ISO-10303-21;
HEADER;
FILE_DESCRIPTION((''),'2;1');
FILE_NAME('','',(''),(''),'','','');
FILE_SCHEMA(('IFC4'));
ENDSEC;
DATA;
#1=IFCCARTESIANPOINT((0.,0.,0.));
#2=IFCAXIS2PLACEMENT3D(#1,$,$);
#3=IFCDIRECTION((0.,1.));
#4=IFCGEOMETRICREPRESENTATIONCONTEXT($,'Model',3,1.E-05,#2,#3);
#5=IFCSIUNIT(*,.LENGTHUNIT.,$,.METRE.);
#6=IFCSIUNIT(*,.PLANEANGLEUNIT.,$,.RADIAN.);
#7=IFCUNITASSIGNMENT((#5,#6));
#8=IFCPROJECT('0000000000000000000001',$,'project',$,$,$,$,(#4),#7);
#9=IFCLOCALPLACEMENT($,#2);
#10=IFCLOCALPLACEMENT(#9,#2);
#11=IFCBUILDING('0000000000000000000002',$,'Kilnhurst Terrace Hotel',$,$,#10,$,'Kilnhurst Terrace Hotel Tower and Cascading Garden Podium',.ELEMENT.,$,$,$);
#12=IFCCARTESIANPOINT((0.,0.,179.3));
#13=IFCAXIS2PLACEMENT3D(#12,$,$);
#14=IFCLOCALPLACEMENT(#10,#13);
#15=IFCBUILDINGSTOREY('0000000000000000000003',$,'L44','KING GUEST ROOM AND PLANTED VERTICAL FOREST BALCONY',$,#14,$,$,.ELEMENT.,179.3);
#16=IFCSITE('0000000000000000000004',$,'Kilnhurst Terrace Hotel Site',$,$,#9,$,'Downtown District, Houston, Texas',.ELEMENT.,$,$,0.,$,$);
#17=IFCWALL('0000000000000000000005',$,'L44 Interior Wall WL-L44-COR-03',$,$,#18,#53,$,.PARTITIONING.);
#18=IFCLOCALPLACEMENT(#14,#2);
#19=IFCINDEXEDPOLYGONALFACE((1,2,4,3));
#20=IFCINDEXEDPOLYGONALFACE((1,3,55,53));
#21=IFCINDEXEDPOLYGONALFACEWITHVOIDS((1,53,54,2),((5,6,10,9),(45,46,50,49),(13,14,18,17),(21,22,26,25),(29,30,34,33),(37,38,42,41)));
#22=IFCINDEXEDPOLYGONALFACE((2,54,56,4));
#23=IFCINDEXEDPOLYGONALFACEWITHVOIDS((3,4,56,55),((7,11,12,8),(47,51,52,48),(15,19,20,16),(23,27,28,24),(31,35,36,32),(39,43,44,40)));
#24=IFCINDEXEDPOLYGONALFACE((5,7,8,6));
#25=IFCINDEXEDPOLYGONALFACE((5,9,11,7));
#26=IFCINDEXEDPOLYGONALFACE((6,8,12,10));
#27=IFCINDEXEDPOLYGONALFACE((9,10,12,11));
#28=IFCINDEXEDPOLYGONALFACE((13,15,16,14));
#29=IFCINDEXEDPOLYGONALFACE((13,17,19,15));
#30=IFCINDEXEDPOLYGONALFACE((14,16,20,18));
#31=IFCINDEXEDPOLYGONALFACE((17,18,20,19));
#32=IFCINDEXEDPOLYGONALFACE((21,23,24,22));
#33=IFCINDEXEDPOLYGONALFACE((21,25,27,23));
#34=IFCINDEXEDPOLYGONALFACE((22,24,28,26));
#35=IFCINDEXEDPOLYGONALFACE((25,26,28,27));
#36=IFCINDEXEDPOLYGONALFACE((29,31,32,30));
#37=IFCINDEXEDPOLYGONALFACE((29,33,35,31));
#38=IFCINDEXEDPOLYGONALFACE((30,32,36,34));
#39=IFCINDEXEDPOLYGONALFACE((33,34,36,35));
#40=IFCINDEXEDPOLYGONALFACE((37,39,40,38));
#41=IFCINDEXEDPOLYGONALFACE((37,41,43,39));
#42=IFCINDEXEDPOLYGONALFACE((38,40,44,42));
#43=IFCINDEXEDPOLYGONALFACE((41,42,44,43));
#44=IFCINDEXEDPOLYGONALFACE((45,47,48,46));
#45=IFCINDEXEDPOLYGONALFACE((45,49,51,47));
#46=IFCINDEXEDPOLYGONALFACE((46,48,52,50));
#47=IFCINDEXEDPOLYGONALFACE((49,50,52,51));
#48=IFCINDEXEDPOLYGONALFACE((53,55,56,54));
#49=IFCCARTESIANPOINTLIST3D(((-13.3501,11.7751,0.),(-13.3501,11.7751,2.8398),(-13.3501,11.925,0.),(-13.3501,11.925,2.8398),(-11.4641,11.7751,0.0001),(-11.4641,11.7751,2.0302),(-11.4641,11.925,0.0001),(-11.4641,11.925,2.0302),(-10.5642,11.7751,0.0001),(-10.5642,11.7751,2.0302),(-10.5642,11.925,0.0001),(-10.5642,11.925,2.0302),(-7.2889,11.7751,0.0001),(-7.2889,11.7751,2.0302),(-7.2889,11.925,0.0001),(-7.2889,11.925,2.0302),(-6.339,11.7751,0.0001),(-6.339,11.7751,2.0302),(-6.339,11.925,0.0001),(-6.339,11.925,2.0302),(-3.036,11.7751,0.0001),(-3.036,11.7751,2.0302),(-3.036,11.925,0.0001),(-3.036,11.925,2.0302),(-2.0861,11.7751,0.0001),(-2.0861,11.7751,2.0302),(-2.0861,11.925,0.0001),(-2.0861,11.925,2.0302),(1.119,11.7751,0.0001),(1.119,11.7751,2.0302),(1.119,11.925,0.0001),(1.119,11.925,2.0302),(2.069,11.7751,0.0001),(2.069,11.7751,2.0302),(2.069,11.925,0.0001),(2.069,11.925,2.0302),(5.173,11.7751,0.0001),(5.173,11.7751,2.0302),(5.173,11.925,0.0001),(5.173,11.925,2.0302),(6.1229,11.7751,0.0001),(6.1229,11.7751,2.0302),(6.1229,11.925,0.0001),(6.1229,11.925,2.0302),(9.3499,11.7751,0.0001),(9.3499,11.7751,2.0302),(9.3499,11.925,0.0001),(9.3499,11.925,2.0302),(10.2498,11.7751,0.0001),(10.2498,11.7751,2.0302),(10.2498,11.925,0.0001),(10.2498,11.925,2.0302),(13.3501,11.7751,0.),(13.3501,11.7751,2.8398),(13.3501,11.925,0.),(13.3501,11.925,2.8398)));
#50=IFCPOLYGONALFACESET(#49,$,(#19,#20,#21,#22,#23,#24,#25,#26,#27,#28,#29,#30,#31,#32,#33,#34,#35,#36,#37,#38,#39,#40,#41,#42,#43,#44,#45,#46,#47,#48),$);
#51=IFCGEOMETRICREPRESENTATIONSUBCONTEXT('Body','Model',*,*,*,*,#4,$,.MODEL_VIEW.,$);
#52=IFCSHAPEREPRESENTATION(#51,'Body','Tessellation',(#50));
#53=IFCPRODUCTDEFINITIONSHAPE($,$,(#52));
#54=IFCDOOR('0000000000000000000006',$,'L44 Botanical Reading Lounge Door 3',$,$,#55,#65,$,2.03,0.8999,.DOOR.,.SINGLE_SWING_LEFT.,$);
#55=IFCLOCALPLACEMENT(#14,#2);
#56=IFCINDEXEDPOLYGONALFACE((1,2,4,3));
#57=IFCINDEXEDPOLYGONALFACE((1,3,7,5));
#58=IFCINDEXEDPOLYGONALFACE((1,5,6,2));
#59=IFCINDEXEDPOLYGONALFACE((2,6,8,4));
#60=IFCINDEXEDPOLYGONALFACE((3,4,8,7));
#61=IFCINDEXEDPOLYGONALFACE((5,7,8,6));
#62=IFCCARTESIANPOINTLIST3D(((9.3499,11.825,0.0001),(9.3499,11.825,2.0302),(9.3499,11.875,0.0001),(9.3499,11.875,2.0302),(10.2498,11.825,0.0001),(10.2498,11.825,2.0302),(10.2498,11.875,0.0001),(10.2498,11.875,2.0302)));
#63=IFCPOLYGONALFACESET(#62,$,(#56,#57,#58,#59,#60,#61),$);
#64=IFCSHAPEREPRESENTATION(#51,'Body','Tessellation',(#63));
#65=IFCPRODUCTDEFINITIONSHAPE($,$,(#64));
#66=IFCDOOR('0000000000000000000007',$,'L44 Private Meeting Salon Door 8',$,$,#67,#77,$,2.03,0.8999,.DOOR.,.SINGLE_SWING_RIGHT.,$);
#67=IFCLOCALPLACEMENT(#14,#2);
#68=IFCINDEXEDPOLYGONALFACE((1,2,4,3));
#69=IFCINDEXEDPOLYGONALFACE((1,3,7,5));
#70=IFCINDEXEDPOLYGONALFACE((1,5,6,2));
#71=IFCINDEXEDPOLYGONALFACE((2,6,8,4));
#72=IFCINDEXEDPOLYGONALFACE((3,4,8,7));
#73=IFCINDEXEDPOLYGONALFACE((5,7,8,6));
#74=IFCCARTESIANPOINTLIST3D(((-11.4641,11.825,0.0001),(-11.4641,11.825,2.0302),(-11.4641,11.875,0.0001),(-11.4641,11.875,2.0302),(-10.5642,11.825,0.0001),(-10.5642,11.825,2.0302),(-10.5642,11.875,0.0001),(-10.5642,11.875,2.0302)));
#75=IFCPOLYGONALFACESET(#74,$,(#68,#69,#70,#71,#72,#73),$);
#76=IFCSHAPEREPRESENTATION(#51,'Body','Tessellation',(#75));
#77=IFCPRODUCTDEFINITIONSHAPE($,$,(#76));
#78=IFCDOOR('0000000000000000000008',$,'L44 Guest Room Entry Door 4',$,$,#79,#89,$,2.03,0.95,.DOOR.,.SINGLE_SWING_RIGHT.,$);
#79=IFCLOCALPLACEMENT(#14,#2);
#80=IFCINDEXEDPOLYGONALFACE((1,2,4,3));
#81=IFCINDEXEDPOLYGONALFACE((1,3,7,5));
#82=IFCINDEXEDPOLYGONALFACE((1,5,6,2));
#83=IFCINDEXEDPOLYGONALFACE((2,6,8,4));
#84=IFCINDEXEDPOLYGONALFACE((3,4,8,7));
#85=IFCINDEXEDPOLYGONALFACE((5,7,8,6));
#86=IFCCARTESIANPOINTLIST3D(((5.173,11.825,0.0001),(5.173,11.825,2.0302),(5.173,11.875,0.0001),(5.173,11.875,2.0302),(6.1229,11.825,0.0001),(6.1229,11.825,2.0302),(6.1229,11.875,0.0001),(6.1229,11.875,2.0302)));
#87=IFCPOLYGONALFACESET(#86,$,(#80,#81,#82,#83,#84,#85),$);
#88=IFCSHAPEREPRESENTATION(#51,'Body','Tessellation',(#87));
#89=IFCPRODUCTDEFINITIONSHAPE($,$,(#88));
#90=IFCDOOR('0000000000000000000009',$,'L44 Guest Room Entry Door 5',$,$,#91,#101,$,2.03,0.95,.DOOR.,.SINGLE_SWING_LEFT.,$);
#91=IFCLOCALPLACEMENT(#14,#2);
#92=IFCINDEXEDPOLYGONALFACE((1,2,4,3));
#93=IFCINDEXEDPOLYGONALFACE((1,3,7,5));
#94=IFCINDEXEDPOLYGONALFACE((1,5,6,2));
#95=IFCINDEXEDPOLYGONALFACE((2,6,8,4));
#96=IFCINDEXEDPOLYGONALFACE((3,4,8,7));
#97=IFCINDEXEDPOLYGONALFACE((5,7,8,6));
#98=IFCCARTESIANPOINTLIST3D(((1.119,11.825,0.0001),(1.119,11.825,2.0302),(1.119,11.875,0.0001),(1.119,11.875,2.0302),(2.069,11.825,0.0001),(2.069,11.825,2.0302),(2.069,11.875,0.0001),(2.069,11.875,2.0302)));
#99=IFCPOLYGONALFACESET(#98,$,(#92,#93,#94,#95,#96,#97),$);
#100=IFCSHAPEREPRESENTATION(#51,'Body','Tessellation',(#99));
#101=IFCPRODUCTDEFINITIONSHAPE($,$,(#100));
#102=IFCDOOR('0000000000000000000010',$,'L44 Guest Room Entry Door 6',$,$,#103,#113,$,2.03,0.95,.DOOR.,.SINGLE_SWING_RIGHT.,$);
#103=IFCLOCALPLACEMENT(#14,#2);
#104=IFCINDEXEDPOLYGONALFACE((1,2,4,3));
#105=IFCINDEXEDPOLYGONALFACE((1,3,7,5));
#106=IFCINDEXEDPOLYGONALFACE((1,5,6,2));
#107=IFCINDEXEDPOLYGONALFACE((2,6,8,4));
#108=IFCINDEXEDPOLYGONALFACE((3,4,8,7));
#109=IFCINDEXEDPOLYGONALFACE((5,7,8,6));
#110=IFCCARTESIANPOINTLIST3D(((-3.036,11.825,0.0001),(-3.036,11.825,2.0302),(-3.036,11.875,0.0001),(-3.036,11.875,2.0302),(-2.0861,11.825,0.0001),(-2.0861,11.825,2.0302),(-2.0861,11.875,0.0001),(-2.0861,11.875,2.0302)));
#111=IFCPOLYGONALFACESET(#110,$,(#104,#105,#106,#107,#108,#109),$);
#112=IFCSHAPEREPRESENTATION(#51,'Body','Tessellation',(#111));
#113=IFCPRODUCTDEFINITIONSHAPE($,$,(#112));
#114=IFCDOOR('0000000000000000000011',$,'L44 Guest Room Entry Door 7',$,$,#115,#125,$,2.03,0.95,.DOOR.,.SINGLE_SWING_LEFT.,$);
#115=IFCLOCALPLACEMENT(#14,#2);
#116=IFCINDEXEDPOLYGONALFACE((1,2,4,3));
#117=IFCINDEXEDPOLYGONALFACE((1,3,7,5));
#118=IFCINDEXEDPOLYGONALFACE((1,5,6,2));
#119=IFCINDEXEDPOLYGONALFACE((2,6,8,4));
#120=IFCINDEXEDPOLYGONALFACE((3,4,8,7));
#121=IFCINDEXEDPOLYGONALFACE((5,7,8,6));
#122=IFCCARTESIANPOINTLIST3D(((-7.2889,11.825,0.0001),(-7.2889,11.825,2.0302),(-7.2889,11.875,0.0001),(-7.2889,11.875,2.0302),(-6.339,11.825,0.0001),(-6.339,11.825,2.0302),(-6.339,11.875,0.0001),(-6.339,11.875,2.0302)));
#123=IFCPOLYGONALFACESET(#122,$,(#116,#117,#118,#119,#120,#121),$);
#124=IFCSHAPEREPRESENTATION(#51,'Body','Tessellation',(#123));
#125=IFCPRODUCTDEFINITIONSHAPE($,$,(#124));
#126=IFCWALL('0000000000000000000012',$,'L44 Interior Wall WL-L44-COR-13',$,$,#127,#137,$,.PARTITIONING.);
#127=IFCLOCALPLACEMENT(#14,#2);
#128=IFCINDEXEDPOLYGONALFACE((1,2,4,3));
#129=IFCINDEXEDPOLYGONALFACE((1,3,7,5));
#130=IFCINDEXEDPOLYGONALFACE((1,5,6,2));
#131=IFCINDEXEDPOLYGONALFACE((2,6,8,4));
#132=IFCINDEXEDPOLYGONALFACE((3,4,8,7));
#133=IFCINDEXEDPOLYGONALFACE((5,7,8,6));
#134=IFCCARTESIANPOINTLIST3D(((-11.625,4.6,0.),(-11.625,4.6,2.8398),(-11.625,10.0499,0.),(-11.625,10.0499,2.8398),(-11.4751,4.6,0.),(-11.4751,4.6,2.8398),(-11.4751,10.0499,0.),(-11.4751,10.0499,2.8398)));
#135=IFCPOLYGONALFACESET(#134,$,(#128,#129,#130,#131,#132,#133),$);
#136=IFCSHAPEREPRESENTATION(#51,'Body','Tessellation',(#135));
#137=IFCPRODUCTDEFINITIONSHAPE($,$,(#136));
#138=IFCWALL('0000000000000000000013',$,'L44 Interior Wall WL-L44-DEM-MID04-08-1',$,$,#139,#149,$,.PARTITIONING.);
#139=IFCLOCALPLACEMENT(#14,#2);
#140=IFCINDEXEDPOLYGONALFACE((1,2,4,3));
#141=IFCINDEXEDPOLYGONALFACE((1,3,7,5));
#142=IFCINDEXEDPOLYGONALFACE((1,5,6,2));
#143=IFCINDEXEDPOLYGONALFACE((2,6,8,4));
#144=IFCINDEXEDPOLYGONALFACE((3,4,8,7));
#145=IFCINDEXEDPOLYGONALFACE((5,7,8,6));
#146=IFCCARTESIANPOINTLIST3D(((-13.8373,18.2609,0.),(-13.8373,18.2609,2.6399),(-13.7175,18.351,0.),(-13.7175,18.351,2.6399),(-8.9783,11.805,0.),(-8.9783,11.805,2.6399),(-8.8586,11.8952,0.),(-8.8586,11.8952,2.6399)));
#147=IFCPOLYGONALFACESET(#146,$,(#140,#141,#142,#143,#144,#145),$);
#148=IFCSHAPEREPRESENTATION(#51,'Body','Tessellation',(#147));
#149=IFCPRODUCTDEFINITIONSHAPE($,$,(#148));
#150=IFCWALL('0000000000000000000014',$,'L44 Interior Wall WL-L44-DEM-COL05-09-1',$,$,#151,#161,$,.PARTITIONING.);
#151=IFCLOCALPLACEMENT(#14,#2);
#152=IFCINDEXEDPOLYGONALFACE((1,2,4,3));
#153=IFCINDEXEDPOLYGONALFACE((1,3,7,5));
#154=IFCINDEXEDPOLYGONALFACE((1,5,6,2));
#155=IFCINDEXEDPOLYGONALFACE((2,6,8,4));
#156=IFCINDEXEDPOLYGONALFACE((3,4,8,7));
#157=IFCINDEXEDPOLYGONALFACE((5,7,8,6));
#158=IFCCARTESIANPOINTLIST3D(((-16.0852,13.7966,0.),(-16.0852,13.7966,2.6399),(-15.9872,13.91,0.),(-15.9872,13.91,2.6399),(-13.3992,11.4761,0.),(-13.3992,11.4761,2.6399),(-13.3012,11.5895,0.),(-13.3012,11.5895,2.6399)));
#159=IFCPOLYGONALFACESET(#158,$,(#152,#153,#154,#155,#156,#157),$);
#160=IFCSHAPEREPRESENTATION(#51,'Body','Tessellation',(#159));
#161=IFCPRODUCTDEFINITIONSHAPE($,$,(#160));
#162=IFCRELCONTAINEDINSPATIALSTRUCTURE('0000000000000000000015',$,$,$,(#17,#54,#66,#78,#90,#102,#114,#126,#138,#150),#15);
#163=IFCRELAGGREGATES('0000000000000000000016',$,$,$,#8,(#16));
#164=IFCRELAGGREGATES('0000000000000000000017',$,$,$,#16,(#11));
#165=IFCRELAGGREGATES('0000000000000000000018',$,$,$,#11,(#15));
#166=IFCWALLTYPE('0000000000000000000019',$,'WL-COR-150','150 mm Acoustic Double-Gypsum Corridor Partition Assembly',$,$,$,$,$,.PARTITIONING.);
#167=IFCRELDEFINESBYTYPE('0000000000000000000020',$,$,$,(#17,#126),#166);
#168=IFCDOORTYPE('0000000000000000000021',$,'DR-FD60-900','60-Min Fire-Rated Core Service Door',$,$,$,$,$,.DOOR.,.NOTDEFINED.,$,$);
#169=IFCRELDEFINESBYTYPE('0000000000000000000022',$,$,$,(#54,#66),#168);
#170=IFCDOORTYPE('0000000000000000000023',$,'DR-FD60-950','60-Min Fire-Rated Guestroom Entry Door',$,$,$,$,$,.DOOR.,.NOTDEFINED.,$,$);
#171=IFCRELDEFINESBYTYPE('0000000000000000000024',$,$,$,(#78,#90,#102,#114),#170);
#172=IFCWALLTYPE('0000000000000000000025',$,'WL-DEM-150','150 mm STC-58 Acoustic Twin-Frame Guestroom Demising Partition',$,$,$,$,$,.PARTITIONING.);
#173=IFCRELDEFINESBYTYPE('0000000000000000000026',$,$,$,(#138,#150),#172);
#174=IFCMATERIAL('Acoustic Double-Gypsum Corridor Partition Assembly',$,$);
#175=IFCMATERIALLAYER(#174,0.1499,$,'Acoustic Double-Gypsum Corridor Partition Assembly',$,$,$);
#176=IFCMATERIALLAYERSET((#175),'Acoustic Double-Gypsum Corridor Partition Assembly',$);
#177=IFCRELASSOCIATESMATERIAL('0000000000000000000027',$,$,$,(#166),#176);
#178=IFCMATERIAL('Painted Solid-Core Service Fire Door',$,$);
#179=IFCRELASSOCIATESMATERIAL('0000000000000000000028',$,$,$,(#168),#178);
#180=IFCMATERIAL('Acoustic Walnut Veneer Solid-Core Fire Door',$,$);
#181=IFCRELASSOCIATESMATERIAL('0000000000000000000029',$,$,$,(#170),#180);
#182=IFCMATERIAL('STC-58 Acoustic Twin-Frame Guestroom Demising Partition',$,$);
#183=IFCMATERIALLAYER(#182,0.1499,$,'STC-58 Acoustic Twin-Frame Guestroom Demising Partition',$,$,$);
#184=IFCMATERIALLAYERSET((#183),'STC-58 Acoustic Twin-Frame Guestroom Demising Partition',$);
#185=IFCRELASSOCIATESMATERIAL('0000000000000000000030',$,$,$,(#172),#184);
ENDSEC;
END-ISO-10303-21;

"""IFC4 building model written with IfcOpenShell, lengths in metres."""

from ifc_helpers import new_model, si_unit, direction, frame, frame_2d, origin, place, context, subcontext, project, spatial, rectangle, extrude, material, layer, layer_set, type_object, element, fill, save


model = new_model("IFC4")

# Units and contexts
model_context = context("Model", 3, precision=1e-05, world=origin(), true_north=direction((0.0, 1.0)))
body_context = subcontext(model_context, "Body", "Model", "MODEL_VIEW")
ifc_project = project(units=[si_unit("LENGTHUNIT", "METRE"), si_unit("PLANEANGLEUNIT", "RADIAN")], contexts=[model_context])

# Site, building, storey
site_placement = place(None, origin())
site = spatial("IfcSite", under=ifc_project, at=site_placement, Name="Kilnhurst Terrace Hotel Site", LongName="Downtown District, Houston, Texas", CompositionType="ELEMENT", RefElevation=0.0)
building_placement = place(site_placement, origin())
building = spatial("IfcBuilding", under=site, at=building_placement, Name="Kilnhurst Terrace Hotel", LongName="Kilnhurst Terrace Hotel Tower and Cascading Garden Podium", CompositionType="ELEMENT")
storey_placement = place(building_placement, frame((0.0, 0.0, 179.3)))
storey = spatial("IfcBuildingStorey", under=building, at=storey_placement, Name="L44", Description="KING GUEST ROOM AND PLANTED VERTICAL FOREST BALCONY", CompositionType="ELEMENT", Elevation=179.3)

# Wall, openings, doors
ifc_material_1 = material(Name="Acoustic Double-Gypsum Corridor Partition Assembly")
ifc_layer_1 = layer(ifc_material_1, 0.1499, Name="Acoustic Double-Gypsum Corridor Partition Assembly")
ifc_layer_set_1 = layer_set([ifc_layer_1], Name="Acoustic Double-Gypsum Corridor Partition Assembly")
wall_type_1 = type_object("IfcWallType", Name="WL-COR-150", Description="150 mm Acoustic Double-Gypsum Corridor Partition Assembly", PredefinedType="PARTITIONING", material=ifc_layer_set_1)
wall_1_placement = place(storey_placement, frame((-13.3501, 11.8501, 0.0), z_axis=(0.0, 0.0, 1.0), x_axis=(1.0, 0.0, 0.0)))
wall_1 = element("IfcWall", 1, at=wall_1_placement, inside=storey, type_object=wall_type_1, Name="L44 Interior Wall WL-L44-COR-03", PredefinedType="PARTITIONING", context=body_context, shape_type="SweptSolid", body=[
    extrude(rectangle(XDim=26.7002, YDim=0.1499, at=frame_2d((13.3501, 0.0))), origin(), (0.0, 0.0, 1.0), 2.8398),
])
opening_1_placement = place(wall_1_placement, frame((22.7, 0.0, 0.0)))
opening_1 = element("IfcOpeningElement", 2, at=opening_1_placement, cuts=wall_1, PredefinedType="OPENING", context=body_context, shape_type="SweptSolid", body=[
    extrude(rectangle(XDim=0.8999, YDim=2.03, at=frame_2d((0.45, 1.0151))), frame((0.0, 0.085, 0.0), z_axis=(0.0, -1.0, 0.0), x_axis=(1.0, 0.0, 0.0)), (0.0, 0.0, 1.0), 0.1699),
])
opening_2_placement = place(wall_1_placement, frame((18.5229, 0.0, 0.0)))
opening_2 = element("IfcOpeningElement", 3, at=opening_2_placement, cuts=wall_1, PredefinedType="OPENING", context=body_context, shape_type="SweptSolid", body=[
    extrude(rectangle(XDim=0.95, YDim=2.03, at=frame_2d((0.4751, 1.0151))), frame((0.0, 0.085, 0.0), z_axis=(0.0, -1.0, 0.0), x_axis=(1.0, 0.0, 0.0)), (0.0, 0.0, 1.0), 0.1699),
])
opening_3_placement = place(wall_1_placement, frame((14.469, 0.0, 0.0)))
opening_3 = element("IfcOpeningElement", 4, at=opening_3_placement, cuts=wall_1, PredefinedType="OPENING", context=body_context, shape_type="SweptSolid", body=[
    extrude(rectangle(XDim=0.95, YDim=2.03, at=frame_2d((0.4751, 1.0151))), frame((0.0, 0.085, 0.0), z_axis=(0.0, -1.0, 0.0), x_axis=(1.0, 0.0, 0.0)), (0.0, 0.0, 1.0), 0.1699),
])
opening_4_placement = place(wall_1_placement, frame((10.314, 0.0, 0.0)))
opening_4 = element("IfcOpeningElement", 5, at=opening_4_placement, cuts=wall_1, PredefinedType="OPENING", context=body_context, shape_type="SweptSolid", body=[
    extrude(rectangle(XDim=0.95, YDim=2.03, at=frame_2d((0.4751, 1.0151))), frame((0.0, 0.085, 0.0), z_axis=(0.0, -1.0, 0.0), x_axis=(1.0, 0.0, 0.0)), (0.0, 0.0, 1.0), 0.1699),
])
opening_5_placement = place(wall_1_placement, frame((6.061, 0.0, 0.0)))
opening_5 = element("IfcOpeningElement", 6, at=opening_5_placement, cuts=wall_1, PredefinedType="OPENING", context=body_context, shape_type="SweptSolid", body=[
    extrude(rectangle(XDim=0.95, YDim=2.03, at=frame_2d((0.4751, 1.0151))), frame((0.0, 0.085, 0.0), z_axis=(0.0, -1.0, 0.0), x_axis=(1.0, 0.0, 0.0)), (0.0, 0.0, 1.0), 0.1699),
])
opening_6_placement = place(wall_1_placement, frame((1.886, 0.0, 0.0)))
opening_6 = element("IfcOpeningElement", 7, at=opening_6_placement, cuts=wall_1, PredefinedType="OPENING", context=body_context, shape_type="SweptSolid", body=[
    extrude(rectangle(XDim=0.8999, YDim=2.03, at=frame_2d((0.45, 1.0151))), frame((0.0, 0.085, 0.0), z_axis=(0.0, -1.0, 0.0), x_axis=(1.0, 0.0, 0.0)), (0.0, 0.0, 1.0), 0.1699),
])
ifc_material_2 = material(Name="Painted Solid-Core Service Fire Door")
door_type_1 = type_object("IfcDoorType", Name="DR-FD60-900", Description="60-Min Fire-Rated Core Service Door", OperationType="NOTDEFINED", PredefinedType="DOOR", material=ifc_material_2)
door_1_placement = place(opening_1_placement, origin())
door_1 = element("IfcDoor", 8, at=door_1_placement, inside=storey, type_object=door_type_1, Name="L44 Botanical Reading Lounge Door 3", OperationType="SINGLE_SWING_LEFT", OverallHeight=2.03, OverallWidth=0.8999, PredefinedType="DOOR", context=body_context, shape_type="SweptSolid", body=[
    extrude(rectangle(XDim=0.8999, YDim=2.03, at=frame_2d((0.45, 1.0151))), frame((0.0, 0.0249, 0.0), z_axis=(0.0, -1.0, 0.0), x_axis=(1.0, 0.0, 0.0)), (0.0, 0.0, 1.0), 0.05),
])
fill(opening_1, door_1)
door_2_placement = place(opening_6_placement, origin())
door_2 = element("IfcDoor", 9, at=door_2_placement, inside=storey, type_object=door_type_1, Name="L44 Private Meeting Salon Door 8", OperationType="SINGLE_SWING_RIGHT", OverallHeight=2.03, OverallWidth=0.8999, PredefinedType="DOOR", context=body_context, shape_type="SweptSolid", body=[
    extrude(rectangle(XDim=0.8999, YDim=2.03, at=frame_2d((0.45, 1.0151))), frame((0.0, 0.0249, 0.0), z_axis=(0.0, -1.0, 0.0), x_axis=(1.0, 0.0, 0.0)), (0.0, 0.0, 1.0), 0.05),
])
fill(opening_6, door_2)
ifc_material_3 = material(Name="Acoustic Walnut Veneer Solid-Core Fire Door")
door_type_2 = type_object("IfcDoorType", Name="DR-FD60-950", Description="60-Min Fire-Rated Guestroom Entry Door", OperationType="NOTDEFINED", PredefinedType="DOOR", material=ifc_material_3)
door_3_placement = place(opening_2_placement, origin())
door_3 = element("IfcDoor", 10, at=door_3_placement, inside=storey, type_object=door_type_2, Name="L44 Guest Room Entry Door 4", OperationType="SINGLE_SWING_RIGHT", OverallHeight=2.03, OverallWidth=0.95, PredefinedType="DOOR", context=body_context, shape_type="SweptSolid", body=[
    extrude(rectangle(XDim=0.95, YDim=2.03, at=frame_2d((0.4751, 1.0151))), frame((0.0, 0.0249, 0.0), z_axis=(0.0, -1.0, 0.0), x_axis=(1.0, 0.0, 0.0)), (0.0, 0.0, 1.0), 0.05),
])
fill(opening_2, door_3)
door_4_placement = place(opening_3_placement, origin())
door_4 = element("IfcDoor", 11, at=door_4_placement, inside=storey, type_object=door_type_2, Name="L44 Guest Room Entry Door 5", OperationType="SINGLE_SWING_LEFT", OverallHeight=2.03, OverallWidth=0.95, PredefinedType="DOOR", context=body_context, shape_type="SweptSolid", body=[
    extrude(rectangle(XDim=0.95, YDim=2.03, at=frame_2d((0.4751, 1.0151))), frame((0.0, 0.0249, 0.0), z_axis=(0.0, -1.0, 0.0), x_axis=(1.0, 0.0, 0.0)), (0.0, 0.0, 1.0), 0.05),
])
fill(opening_3, door_4)
door_5_placement = place(opening_4_placement, origin())
door_5 = element("IfcDoor", 12, at=door_5_placement, inside=storey, type_object=door_type_2, Name="L44 Guest Room Entry Door 6", OperationType="SINGLE_SWING_RIGHT", OverallHeight=2.03, OverallWidth=0.95, PredefinedType="DOOR", context=body_context, shape_type="SweptSolid", body=[
    extrude(rectangle(XDim=0.95, YDim=2.03, at=frame_2d((0.4751, 1.0151))), frame((0.0, 0.0249, 0.0), z_axis=(0.0, -1.0, 0.0), x_axis=(1.0, 0.0, 0.0)), (0.0, 0.0, 1.0), 0.05),
])
fill(opening_4, door_5)
door_6_placement = place(opening_5_placement, origin())
door_6 = element("IfcDoor", 13, at=door_6_placement, inside=storey, type_object=door_type_2, Name="L44 Guest Room Entry Door 7", OperationType="SINGLE_SWING_LEFT", OverallHeight=2.03, OverallWidth=0.95, PredefinedType="DOOR", context=body_context, shape_type="SweptSolid", body=[
    extrude(rectangle(XDim=0.95, YDim=2.03, at=frame_2d((0.4751, 1.0151))), frame((0.0, 0.0249, 0.0), z_axis=(0.0, -1.0, 0.0), x_axis=(1.0, 0.0, 0.0)), (0.0, 0.0, 1.0), 0.05),
])
fill(opening_5, door_6)

# Walls
wall_2_placement = place(storey_placement, frame((-11.55, 10.05, 0.0), z_axis=(0.0, 0.0, 1.0), x_axis=(0.0, -1.0, 0.0)))
element("IfcWall", 14, at=wall_2_placement, inside=storey, type_object=wall_type_1, Name="L44 Interior Wall WL-L44-COR-13", PredefinedType="PARTITIONING", context=body_context, shape_type="SweptSolid", body=[
    extrude(rectangle(XDim=5.45, YDim=0.1499, at=frame_2d((2.7251, 0.0))), origin(), (0.0, 0.0, 1.0), 2.8398),
])
ifc_material_4 = material(Name="STC-58 Acoustic Twin-Frame Guestroom Demising Partition")
ifc_layer_2 = layer(ifc_material_4, 0.1499, Name="STC-58 Acoustic Twin-Frame Guestroom Demising Partition")
ifc_layer_set_2 = layer_set([ifc_layer_2], Name="STC-58 Acoustic Twin-Frame Guestroom Demising Partition")
wall_type_2 = type_object("IfcWallType", Name="WL-DEM-150", Description="150 mm STC-58 Acoustic Twin-Frame Guestroom Demising Partition", PredefinedType="PARTITIONING", material=ifc_layer_set_2)
wall_3_placement = place(storey_placement, frame((-8.9185, 11.8501, 0.0), z_axis=(0.0, 0.0, 1.0), x_axis=(-0.601348, 0.798987, 0.0)))
element("IfcWall", 15, at=wall_3_placement, inside=storey, type_object=wall_type_2, Name="L44 Interior Wall WL-L44-DEM-MID04-08-1", PredefinedType="PARTITIONING", context=body_context, shape_type="SweptSolid", body=[
    extrude(rectangle(XDim=8.0801, YDim=0.1499, at=frame_2d((4.04, 0.0))), origin(), (0.0, 0.0, 1.0), 2.6399),
])
wall_4_placement = place(storey_placement, frame((-13.3501, 11.5327, 0.0), z_axis=(0.0, 0.0, 1.0), x_axis=(-0.756712, 0.653749, 0.0)))
element("IfcWall", 16, at=wall_4_placement, inside=storey, type_object=wall_type_2, Name="L44 Interior Wall WL-L44-DEM-COL05-09-1", PredefinedType="PARTITIONING", context=body_context, shape_type="SweptSolid", body=[
    extrude(rectangle(XDim=3.5496, YDim=0.1499, at=frame_2d((1.7749, 0.0))), origin(), (0.0, 0.0, 1.0), 2.6399),
])

save(model, "model.ifc")
